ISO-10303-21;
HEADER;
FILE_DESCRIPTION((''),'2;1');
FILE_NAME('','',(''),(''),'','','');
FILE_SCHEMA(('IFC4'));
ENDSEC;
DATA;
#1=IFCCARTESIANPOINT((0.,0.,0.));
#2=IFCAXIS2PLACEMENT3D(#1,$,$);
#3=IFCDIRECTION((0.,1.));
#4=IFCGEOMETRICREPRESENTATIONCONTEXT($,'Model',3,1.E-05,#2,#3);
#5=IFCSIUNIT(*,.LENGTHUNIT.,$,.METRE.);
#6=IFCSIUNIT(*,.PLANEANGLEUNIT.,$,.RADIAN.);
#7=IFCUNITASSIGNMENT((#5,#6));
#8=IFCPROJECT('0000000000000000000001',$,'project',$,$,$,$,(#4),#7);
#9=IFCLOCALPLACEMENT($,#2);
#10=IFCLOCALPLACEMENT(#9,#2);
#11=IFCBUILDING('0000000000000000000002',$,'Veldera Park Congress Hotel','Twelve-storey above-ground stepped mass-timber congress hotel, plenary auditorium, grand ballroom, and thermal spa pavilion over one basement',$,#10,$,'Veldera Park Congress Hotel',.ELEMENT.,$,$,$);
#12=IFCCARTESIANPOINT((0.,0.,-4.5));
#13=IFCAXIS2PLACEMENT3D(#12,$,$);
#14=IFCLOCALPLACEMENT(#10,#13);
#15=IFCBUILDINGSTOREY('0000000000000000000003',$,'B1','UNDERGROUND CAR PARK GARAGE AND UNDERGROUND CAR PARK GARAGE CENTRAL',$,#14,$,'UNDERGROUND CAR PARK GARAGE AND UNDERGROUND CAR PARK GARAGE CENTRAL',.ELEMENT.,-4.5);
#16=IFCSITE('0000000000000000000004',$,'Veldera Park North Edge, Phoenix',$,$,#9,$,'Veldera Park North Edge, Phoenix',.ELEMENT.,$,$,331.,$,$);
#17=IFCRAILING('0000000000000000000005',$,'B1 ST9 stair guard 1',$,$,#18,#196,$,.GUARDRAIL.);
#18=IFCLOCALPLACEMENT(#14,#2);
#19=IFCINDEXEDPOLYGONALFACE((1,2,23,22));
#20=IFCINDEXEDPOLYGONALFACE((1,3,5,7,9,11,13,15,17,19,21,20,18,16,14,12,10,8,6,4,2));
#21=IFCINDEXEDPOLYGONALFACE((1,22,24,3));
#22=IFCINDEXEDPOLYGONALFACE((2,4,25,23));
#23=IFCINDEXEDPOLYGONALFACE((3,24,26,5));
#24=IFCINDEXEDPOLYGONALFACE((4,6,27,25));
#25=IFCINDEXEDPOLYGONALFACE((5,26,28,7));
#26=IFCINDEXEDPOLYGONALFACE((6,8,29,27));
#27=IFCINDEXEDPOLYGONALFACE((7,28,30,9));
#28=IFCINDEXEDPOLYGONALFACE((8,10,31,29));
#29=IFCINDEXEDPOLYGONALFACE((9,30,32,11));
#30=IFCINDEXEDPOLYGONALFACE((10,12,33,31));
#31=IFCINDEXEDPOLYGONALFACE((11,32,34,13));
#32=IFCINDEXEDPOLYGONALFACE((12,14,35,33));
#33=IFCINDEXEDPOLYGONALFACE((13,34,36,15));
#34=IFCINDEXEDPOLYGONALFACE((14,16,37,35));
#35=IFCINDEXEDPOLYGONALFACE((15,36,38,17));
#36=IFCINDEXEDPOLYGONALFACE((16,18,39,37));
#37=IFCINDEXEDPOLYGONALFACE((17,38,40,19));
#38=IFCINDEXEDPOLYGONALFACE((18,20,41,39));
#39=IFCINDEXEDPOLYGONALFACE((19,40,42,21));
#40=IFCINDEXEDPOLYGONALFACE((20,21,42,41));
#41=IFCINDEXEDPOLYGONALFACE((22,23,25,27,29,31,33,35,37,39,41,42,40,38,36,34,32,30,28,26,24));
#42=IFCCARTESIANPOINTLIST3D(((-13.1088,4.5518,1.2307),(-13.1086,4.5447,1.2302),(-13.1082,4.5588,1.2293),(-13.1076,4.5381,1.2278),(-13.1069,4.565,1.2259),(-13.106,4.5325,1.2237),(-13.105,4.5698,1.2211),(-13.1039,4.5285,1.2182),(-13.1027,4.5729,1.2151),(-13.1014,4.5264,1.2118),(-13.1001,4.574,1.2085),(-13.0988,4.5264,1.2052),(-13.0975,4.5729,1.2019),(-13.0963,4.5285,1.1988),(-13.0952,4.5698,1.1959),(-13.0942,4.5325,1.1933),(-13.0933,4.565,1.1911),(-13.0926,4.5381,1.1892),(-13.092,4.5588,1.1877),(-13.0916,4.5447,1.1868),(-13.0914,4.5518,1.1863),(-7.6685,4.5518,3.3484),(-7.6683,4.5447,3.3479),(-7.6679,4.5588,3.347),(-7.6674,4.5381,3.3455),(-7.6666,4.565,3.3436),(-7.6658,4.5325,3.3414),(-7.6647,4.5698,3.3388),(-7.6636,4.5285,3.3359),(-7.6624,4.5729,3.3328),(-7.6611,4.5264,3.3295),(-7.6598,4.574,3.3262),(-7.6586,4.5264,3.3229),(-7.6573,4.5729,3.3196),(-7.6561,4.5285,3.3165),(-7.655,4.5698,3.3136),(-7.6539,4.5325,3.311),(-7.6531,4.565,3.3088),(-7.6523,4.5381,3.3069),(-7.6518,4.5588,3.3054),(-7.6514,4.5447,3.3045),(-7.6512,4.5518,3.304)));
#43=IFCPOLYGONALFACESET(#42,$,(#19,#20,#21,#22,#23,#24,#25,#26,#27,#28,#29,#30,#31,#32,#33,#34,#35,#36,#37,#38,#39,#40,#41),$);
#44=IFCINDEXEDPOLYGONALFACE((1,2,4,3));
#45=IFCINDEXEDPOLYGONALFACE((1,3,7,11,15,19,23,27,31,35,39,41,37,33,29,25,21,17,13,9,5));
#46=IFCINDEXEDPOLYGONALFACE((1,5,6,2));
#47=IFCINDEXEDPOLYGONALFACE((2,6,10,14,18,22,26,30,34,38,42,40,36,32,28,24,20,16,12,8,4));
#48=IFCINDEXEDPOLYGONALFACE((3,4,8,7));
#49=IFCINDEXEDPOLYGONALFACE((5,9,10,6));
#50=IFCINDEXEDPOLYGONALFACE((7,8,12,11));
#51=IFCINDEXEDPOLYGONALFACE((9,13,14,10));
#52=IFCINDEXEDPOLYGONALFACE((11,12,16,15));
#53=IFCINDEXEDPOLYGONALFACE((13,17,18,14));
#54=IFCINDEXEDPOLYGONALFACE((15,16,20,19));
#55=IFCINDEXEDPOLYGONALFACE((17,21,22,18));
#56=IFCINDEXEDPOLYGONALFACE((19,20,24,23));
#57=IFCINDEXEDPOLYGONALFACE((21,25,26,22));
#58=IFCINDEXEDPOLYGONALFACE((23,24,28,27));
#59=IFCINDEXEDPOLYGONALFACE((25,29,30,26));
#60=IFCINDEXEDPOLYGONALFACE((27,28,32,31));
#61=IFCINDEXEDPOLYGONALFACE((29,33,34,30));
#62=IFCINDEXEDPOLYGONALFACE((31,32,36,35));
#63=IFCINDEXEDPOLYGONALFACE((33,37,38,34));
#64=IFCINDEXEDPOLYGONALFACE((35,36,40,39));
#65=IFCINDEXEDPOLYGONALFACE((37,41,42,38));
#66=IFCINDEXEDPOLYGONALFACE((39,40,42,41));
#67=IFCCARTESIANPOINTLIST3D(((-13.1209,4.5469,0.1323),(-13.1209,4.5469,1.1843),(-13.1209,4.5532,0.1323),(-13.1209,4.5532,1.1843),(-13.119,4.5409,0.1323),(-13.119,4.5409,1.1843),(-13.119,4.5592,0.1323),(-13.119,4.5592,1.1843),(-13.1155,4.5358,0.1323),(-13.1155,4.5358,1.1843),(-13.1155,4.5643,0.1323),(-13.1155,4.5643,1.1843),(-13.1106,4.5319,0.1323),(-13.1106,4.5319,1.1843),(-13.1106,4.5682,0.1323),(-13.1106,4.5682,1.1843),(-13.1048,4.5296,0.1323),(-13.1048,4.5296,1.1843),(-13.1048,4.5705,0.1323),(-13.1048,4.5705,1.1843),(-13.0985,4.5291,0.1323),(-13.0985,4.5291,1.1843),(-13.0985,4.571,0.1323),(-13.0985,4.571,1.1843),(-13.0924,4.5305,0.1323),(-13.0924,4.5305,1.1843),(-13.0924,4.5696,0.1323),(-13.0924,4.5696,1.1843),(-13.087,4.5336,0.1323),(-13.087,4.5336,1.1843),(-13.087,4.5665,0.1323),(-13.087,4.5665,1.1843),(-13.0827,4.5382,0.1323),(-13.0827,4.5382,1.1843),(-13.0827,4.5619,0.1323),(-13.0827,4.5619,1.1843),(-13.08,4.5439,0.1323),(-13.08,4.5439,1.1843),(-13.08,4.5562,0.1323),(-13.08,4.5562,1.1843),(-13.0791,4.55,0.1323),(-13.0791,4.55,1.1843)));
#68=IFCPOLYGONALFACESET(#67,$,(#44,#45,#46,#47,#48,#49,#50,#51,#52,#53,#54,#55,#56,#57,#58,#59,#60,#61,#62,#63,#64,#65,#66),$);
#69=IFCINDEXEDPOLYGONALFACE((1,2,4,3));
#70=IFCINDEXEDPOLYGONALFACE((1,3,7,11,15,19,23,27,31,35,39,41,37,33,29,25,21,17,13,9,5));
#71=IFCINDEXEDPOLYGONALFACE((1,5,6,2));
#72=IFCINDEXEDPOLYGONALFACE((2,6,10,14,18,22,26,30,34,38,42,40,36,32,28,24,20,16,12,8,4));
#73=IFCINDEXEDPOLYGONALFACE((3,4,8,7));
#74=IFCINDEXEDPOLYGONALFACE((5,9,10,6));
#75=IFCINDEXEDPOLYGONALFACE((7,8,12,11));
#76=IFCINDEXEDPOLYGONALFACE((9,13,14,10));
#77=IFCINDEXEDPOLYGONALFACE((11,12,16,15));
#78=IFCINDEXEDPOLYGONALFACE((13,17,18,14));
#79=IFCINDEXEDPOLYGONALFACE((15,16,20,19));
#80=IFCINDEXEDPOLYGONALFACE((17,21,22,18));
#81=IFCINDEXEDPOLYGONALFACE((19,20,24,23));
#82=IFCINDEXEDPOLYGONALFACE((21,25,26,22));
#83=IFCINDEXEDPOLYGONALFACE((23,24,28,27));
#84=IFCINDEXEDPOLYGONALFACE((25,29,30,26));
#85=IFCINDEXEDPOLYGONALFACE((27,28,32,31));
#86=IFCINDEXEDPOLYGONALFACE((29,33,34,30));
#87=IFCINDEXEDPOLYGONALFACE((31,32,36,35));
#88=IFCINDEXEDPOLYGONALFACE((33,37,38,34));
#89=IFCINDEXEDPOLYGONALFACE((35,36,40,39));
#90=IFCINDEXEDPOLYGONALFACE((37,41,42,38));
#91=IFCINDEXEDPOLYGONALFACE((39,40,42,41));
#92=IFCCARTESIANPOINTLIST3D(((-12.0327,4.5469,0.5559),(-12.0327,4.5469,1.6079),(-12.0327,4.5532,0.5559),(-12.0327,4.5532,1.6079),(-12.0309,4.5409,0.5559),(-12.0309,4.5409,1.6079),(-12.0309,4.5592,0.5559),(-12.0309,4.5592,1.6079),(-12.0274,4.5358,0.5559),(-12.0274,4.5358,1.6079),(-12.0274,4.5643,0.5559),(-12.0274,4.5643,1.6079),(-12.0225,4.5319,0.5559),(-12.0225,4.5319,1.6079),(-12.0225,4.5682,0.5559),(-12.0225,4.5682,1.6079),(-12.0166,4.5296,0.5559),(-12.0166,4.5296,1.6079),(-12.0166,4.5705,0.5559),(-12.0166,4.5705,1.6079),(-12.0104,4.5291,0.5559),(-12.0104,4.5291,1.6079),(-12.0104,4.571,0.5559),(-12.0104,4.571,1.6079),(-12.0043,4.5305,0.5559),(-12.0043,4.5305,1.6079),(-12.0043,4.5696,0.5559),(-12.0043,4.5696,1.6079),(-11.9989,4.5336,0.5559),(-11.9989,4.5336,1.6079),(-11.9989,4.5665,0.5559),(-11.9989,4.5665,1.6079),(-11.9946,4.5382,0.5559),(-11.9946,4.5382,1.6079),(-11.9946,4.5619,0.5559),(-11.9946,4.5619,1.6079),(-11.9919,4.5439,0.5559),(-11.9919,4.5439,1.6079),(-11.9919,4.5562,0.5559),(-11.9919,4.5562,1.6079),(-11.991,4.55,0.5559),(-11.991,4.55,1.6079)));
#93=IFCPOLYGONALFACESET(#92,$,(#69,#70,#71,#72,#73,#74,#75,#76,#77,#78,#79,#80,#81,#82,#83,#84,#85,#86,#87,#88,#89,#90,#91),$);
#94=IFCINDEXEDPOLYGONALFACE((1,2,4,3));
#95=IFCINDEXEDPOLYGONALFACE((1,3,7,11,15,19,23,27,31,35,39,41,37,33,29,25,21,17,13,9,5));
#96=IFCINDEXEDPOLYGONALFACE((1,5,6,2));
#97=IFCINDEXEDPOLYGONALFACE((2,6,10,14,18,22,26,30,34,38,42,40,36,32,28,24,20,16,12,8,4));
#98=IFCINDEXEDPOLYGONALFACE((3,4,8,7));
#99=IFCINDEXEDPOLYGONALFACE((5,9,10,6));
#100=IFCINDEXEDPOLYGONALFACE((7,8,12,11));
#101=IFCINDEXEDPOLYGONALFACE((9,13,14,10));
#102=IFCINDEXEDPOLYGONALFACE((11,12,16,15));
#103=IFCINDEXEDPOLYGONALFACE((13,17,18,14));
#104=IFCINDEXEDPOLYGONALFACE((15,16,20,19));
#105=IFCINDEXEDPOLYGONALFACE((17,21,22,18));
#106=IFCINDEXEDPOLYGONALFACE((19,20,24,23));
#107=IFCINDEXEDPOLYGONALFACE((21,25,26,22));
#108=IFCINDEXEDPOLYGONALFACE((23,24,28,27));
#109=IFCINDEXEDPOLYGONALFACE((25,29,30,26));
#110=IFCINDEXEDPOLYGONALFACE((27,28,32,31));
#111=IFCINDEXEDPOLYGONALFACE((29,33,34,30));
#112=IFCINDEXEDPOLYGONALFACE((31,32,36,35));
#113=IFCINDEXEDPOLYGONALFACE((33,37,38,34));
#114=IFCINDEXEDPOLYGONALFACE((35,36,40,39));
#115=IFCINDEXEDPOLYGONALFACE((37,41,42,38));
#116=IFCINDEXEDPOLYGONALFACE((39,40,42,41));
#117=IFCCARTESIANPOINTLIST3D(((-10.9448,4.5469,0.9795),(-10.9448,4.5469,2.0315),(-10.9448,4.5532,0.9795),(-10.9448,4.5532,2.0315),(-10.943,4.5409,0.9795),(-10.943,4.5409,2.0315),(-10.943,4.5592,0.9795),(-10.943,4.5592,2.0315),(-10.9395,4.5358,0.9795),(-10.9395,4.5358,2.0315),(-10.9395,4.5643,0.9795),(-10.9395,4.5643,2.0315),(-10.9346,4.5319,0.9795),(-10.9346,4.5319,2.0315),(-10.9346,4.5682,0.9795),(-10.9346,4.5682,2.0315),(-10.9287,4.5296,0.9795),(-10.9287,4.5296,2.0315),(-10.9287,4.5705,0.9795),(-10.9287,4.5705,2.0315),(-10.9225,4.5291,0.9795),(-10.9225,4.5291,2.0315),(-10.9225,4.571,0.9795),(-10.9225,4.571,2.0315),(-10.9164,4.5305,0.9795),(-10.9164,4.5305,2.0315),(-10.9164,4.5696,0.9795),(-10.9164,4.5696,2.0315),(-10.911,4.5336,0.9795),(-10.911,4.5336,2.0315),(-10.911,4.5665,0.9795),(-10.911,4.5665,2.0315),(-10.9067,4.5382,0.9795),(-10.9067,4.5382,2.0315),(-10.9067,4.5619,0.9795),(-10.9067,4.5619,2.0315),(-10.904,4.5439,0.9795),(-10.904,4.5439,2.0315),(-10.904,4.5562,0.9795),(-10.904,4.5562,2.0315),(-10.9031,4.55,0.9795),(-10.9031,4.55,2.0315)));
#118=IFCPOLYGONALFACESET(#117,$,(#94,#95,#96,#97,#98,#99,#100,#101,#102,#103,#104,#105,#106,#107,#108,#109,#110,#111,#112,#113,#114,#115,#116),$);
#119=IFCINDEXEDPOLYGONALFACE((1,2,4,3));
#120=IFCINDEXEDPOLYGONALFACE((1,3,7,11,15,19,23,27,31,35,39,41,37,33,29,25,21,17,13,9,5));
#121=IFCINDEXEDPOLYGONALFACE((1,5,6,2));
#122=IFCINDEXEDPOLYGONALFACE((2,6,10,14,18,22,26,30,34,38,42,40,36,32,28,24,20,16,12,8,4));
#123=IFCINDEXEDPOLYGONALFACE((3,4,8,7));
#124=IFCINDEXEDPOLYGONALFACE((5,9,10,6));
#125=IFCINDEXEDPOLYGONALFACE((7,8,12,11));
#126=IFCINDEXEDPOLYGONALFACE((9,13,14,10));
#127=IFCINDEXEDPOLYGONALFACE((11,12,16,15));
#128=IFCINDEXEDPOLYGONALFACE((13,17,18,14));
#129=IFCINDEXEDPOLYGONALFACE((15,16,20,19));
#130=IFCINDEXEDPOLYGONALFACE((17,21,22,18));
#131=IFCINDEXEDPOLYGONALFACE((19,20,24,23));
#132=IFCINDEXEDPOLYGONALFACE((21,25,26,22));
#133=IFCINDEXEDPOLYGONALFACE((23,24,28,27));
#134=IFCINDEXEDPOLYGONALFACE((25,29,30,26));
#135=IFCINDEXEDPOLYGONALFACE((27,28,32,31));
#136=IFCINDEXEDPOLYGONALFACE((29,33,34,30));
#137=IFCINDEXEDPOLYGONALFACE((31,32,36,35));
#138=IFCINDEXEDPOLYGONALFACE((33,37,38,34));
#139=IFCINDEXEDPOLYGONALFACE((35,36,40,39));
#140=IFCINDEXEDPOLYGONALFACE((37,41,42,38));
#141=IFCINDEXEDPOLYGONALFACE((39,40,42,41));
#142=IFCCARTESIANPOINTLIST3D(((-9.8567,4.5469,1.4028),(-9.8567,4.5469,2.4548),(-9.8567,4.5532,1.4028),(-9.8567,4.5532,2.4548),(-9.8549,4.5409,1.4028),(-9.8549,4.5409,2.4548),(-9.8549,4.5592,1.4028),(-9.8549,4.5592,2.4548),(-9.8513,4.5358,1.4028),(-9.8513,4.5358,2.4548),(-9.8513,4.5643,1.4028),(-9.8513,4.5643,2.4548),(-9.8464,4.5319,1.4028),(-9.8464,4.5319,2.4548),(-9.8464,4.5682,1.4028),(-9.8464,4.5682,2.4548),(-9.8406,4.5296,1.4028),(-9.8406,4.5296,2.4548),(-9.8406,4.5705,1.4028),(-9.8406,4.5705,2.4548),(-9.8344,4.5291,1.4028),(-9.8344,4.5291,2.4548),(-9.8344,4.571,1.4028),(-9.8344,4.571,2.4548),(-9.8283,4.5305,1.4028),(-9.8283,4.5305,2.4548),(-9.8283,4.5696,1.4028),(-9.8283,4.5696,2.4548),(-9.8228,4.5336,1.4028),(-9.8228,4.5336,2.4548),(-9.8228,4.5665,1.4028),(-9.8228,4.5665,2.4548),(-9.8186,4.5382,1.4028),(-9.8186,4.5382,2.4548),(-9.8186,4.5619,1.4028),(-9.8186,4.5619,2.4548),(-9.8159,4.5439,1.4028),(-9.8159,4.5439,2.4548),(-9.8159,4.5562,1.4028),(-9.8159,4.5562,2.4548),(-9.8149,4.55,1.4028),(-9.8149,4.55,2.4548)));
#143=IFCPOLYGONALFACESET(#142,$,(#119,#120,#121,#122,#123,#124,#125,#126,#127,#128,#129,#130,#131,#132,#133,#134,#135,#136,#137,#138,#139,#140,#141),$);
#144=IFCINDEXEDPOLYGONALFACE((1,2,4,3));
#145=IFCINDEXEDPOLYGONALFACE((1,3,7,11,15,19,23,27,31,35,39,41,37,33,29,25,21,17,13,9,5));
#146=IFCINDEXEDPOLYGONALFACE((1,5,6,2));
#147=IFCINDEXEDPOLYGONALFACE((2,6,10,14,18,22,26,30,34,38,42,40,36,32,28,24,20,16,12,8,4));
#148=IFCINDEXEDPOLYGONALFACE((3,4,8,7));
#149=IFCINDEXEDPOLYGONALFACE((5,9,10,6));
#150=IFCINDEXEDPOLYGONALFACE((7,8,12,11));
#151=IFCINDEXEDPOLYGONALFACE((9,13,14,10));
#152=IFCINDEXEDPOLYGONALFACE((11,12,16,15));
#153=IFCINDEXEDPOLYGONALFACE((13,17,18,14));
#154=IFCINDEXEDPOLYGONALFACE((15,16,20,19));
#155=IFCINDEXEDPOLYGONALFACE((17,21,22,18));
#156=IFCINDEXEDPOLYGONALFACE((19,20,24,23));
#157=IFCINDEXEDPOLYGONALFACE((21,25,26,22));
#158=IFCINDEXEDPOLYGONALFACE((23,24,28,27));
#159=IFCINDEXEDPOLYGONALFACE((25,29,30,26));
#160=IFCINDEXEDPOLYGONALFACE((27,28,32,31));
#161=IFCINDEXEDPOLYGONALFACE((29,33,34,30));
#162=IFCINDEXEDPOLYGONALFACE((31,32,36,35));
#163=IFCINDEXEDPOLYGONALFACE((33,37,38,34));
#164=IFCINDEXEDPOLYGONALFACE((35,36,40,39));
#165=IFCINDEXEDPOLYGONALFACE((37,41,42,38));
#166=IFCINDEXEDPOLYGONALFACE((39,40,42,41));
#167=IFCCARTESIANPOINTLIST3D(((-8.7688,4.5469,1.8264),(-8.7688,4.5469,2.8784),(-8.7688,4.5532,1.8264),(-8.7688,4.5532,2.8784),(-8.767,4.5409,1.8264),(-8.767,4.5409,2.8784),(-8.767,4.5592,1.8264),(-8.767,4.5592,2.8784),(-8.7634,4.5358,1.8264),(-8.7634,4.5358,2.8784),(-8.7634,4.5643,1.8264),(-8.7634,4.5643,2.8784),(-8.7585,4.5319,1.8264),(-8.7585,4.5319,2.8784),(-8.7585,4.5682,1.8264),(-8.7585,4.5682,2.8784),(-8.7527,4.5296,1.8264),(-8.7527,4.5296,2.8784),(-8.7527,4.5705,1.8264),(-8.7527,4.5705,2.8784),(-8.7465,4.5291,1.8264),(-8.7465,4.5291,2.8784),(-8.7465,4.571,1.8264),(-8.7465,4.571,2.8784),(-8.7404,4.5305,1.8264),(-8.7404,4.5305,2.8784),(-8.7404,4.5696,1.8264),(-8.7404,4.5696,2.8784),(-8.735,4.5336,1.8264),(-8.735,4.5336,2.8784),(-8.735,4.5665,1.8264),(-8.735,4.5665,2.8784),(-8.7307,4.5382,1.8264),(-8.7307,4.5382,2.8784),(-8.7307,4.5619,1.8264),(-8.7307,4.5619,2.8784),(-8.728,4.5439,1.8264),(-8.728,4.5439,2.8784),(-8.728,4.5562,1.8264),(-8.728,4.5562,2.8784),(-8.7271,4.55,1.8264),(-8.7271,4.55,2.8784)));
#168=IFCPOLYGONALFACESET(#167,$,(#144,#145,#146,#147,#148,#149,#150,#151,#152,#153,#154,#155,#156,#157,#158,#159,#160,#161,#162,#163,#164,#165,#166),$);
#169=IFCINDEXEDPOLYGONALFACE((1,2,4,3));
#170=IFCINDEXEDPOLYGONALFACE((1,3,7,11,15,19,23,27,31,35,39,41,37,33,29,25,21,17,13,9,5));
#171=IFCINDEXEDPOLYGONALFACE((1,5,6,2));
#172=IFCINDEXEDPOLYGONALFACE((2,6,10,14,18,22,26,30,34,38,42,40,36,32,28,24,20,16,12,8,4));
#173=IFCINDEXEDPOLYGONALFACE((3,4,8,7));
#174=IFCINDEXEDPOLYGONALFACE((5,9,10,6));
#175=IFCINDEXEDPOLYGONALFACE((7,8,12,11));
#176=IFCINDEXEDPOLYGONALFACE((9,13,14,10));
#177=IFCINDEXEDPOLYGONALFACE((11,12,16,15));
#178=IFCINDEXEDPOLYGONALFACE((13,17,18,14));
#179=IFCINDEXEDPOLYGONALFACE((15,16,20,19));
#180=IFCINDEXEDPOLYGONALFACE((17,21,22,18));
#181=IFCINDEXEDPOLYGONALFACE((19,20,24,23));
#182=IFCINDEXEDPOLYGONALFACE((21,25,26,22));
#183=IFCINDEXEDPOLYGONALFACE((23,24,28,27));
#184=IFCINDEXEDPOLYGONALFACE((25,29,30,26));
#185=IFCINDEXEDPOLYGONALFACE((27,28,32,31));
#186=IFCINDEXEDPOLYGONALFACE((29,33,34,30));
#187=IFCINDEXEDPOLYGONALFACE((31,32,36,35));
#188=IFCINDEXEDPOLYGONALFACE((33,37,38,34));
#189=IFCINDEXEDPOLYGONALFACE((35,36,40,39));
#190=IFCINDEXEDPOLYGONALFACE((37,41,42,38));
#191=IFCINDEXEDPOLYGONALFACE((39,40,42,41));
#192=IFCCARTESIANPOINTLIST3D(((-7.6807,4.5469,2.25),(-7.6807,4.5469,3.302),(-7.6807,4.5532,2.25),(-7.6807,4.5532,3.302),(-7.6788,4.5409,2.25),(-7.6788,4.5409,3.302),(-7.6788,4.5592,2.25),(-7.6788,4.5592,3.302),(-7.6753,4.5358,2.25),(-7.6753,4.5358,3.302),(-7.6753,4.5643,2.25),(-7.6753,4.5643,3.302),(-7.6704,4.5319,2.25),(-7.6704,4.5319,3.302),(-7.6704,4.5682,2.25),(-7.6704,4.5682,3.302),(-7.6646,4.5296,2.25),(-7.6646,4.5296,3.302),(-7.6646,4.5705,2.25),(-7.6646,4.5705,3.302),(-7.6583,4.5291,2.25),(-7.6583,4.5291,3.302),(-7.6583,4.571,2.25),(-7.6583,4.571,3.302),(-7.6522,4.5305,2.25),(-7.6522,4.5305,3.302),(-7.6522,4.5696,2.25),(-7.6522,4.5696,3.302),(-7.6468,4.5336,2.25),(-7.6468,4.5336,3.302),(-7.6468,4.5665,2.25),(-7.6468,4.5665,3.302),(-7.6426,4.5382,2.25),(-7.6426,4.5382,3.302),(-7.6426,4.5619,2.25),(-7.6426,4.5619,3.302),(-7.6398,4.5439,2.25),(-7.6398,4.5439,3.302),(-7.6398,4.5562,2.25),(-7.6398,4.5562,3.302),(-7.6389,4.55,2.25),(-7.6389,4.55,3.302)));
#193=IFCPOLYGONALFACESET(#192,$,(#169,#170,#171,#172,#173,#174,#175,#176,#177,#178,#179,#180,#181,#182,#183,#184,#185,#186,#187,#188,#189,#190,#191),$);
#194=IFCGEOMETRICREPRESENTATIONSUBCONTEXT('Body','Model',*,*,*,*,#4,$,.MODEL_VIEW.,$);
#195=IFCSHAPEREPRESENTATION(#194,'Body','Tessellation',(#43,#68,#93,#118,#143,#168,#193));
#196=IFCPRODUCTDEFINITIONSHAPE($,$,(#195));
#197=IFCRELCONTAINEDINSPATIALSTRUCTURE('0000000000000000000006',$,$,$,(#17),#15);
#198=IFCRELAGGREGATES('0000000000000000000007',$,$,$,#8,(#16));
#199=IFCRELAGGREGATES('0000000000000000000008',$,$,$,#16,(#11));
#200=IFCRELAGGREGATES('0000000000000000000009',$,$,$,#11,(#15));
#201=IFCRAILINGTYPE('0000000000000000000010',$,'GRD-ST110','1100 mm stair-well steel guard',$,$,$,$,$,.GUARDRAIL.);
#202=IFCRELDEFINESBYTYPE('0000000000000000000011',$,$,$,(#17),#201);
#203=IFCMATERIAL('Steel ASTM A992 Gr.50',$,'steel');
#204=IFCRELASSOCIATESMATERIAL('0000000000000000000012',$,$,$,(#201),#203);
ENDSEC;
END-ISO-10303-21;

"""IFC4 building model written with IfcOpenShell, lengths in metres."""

from ifc_helpers import new_model, si_unit, direction, frame, origin, origin_2d, place, context, subcontext, project, spatial, circle, extrude, material, type_object, element, save


model = new_model("IFC4")

# Units and contexts
model_context = context("Model", 3, precision=1e-05, world=origin(), true_north=direction((0.0, 1.0)))
body_context = subcontext(model_context, "Body", "Model", "MODEL_VIEW")
ifc_project = project(units=[si_unit("LENGTHUNIT", "METRE"), si_unit("PLANEANGLEUNIT", "RADIAN")], contexts=[model_context])

# Site, building, storey
site_placement = place(None, origin())
site = spatial("IfcSite", under=ifc_project, at=site_placement, Name="Veldera Park North Edge, Phoenix", LongName="Veldera Park North Edge, Phoenix", CompositionType="ELEMENT", RefElevation=331.0)
building_placement = place(site_placement, origin())
building = spatial("IfcBuilding", under=site, at=building_placement, Name="Veldera Park Congress Hotel", Description="Twelve-storey above-ground stepped mass-timber congress hotel, plenary auditorium, grand ballroom, and thermal spa pavilion over one basement", LongName="Veldera Park Congress Hotel", CompositionType="ELEMENT")
storey_placement = place(building_placement, frame((0.0, 0.0, -4.5)))
storey = spatial("IfcBuildingStorey", under=building, at=storey_placement, Name="B1", Description="UNDERGROUND CAR PARK GARAGE AND UNDERGROUND CAR PARK GARAGE CENTRAL", LongName="UNDERGROUND CAR PARK GARAGE AND UNDERGROUND CAR PARK GARAGE CENTRAL", CompositionType="ELEMENT", Elevation=-4.5)

# Railing
ifc_material_1 = material(Name="Steel ASTM A992 Gr.50", Category="steel")
railing_type_1 = type_object("IfcRailingType", Name="GRD-ST110", Description="1100 mm stair-well steel guard", PredefinedType="GUARDRAIL", material=ifc_material_1)
railing_1_placement = place(storey_placement, frame((-13.1001, 4.55, 0.1323)))
element("IfcRailing", 1, at=railing_1_placement, inside=storey, type_object=railing_type_1, Name="B1 ST9 stair guard 1", PredefinedType="GUARDRAIL", context=body_context, shape_type="SweptSolid", body=[
    extrude(circle(Radius=0.0239, at=origin_2d()), frame((0.0, 0.0, 1.0762), z_axis=(0.931886, 0.0, 0.362751), x_axis=(0.0, 1.0, 0.0)), (0.0, 0.0, 1.0), 5.8379),
    extrude(circle(Radius=0.021, at=origin_2d()), origin(), (0.0, 0.0, 1.0), 1.052),
    extrude(circle(Radius=0.021, at=origin_2d()), frame((1.0881, 0.0, 0.4236)), (0.0, 0.0, 1.0), 1.052),
    extrude(circle(Radius=0.021, at=origin_2d()), frame((2.176, 0.0, 0.8472)), (0.0, 0.0, 1.0), 1.052),
    extrude(circle(Radius=0.021, at=origin_2d()), frame((3.2642, 0.0, 1.2705)), (0.0, 0.0, 1.0), 1.052),
    extrude(circle(Radius=0.021, at=origin_2d()), frame((4.3521, 0.0, 1.6941)), (0.0, 0.0, 1.0), 1.052),
    extrude(circle(Radius=0.021, at=origin_2d()), frame((5.4402, 0.0, 2.1177)), (0.0, 0.0, 1.0), 1.052),
])

save(model, "model.ifc")
